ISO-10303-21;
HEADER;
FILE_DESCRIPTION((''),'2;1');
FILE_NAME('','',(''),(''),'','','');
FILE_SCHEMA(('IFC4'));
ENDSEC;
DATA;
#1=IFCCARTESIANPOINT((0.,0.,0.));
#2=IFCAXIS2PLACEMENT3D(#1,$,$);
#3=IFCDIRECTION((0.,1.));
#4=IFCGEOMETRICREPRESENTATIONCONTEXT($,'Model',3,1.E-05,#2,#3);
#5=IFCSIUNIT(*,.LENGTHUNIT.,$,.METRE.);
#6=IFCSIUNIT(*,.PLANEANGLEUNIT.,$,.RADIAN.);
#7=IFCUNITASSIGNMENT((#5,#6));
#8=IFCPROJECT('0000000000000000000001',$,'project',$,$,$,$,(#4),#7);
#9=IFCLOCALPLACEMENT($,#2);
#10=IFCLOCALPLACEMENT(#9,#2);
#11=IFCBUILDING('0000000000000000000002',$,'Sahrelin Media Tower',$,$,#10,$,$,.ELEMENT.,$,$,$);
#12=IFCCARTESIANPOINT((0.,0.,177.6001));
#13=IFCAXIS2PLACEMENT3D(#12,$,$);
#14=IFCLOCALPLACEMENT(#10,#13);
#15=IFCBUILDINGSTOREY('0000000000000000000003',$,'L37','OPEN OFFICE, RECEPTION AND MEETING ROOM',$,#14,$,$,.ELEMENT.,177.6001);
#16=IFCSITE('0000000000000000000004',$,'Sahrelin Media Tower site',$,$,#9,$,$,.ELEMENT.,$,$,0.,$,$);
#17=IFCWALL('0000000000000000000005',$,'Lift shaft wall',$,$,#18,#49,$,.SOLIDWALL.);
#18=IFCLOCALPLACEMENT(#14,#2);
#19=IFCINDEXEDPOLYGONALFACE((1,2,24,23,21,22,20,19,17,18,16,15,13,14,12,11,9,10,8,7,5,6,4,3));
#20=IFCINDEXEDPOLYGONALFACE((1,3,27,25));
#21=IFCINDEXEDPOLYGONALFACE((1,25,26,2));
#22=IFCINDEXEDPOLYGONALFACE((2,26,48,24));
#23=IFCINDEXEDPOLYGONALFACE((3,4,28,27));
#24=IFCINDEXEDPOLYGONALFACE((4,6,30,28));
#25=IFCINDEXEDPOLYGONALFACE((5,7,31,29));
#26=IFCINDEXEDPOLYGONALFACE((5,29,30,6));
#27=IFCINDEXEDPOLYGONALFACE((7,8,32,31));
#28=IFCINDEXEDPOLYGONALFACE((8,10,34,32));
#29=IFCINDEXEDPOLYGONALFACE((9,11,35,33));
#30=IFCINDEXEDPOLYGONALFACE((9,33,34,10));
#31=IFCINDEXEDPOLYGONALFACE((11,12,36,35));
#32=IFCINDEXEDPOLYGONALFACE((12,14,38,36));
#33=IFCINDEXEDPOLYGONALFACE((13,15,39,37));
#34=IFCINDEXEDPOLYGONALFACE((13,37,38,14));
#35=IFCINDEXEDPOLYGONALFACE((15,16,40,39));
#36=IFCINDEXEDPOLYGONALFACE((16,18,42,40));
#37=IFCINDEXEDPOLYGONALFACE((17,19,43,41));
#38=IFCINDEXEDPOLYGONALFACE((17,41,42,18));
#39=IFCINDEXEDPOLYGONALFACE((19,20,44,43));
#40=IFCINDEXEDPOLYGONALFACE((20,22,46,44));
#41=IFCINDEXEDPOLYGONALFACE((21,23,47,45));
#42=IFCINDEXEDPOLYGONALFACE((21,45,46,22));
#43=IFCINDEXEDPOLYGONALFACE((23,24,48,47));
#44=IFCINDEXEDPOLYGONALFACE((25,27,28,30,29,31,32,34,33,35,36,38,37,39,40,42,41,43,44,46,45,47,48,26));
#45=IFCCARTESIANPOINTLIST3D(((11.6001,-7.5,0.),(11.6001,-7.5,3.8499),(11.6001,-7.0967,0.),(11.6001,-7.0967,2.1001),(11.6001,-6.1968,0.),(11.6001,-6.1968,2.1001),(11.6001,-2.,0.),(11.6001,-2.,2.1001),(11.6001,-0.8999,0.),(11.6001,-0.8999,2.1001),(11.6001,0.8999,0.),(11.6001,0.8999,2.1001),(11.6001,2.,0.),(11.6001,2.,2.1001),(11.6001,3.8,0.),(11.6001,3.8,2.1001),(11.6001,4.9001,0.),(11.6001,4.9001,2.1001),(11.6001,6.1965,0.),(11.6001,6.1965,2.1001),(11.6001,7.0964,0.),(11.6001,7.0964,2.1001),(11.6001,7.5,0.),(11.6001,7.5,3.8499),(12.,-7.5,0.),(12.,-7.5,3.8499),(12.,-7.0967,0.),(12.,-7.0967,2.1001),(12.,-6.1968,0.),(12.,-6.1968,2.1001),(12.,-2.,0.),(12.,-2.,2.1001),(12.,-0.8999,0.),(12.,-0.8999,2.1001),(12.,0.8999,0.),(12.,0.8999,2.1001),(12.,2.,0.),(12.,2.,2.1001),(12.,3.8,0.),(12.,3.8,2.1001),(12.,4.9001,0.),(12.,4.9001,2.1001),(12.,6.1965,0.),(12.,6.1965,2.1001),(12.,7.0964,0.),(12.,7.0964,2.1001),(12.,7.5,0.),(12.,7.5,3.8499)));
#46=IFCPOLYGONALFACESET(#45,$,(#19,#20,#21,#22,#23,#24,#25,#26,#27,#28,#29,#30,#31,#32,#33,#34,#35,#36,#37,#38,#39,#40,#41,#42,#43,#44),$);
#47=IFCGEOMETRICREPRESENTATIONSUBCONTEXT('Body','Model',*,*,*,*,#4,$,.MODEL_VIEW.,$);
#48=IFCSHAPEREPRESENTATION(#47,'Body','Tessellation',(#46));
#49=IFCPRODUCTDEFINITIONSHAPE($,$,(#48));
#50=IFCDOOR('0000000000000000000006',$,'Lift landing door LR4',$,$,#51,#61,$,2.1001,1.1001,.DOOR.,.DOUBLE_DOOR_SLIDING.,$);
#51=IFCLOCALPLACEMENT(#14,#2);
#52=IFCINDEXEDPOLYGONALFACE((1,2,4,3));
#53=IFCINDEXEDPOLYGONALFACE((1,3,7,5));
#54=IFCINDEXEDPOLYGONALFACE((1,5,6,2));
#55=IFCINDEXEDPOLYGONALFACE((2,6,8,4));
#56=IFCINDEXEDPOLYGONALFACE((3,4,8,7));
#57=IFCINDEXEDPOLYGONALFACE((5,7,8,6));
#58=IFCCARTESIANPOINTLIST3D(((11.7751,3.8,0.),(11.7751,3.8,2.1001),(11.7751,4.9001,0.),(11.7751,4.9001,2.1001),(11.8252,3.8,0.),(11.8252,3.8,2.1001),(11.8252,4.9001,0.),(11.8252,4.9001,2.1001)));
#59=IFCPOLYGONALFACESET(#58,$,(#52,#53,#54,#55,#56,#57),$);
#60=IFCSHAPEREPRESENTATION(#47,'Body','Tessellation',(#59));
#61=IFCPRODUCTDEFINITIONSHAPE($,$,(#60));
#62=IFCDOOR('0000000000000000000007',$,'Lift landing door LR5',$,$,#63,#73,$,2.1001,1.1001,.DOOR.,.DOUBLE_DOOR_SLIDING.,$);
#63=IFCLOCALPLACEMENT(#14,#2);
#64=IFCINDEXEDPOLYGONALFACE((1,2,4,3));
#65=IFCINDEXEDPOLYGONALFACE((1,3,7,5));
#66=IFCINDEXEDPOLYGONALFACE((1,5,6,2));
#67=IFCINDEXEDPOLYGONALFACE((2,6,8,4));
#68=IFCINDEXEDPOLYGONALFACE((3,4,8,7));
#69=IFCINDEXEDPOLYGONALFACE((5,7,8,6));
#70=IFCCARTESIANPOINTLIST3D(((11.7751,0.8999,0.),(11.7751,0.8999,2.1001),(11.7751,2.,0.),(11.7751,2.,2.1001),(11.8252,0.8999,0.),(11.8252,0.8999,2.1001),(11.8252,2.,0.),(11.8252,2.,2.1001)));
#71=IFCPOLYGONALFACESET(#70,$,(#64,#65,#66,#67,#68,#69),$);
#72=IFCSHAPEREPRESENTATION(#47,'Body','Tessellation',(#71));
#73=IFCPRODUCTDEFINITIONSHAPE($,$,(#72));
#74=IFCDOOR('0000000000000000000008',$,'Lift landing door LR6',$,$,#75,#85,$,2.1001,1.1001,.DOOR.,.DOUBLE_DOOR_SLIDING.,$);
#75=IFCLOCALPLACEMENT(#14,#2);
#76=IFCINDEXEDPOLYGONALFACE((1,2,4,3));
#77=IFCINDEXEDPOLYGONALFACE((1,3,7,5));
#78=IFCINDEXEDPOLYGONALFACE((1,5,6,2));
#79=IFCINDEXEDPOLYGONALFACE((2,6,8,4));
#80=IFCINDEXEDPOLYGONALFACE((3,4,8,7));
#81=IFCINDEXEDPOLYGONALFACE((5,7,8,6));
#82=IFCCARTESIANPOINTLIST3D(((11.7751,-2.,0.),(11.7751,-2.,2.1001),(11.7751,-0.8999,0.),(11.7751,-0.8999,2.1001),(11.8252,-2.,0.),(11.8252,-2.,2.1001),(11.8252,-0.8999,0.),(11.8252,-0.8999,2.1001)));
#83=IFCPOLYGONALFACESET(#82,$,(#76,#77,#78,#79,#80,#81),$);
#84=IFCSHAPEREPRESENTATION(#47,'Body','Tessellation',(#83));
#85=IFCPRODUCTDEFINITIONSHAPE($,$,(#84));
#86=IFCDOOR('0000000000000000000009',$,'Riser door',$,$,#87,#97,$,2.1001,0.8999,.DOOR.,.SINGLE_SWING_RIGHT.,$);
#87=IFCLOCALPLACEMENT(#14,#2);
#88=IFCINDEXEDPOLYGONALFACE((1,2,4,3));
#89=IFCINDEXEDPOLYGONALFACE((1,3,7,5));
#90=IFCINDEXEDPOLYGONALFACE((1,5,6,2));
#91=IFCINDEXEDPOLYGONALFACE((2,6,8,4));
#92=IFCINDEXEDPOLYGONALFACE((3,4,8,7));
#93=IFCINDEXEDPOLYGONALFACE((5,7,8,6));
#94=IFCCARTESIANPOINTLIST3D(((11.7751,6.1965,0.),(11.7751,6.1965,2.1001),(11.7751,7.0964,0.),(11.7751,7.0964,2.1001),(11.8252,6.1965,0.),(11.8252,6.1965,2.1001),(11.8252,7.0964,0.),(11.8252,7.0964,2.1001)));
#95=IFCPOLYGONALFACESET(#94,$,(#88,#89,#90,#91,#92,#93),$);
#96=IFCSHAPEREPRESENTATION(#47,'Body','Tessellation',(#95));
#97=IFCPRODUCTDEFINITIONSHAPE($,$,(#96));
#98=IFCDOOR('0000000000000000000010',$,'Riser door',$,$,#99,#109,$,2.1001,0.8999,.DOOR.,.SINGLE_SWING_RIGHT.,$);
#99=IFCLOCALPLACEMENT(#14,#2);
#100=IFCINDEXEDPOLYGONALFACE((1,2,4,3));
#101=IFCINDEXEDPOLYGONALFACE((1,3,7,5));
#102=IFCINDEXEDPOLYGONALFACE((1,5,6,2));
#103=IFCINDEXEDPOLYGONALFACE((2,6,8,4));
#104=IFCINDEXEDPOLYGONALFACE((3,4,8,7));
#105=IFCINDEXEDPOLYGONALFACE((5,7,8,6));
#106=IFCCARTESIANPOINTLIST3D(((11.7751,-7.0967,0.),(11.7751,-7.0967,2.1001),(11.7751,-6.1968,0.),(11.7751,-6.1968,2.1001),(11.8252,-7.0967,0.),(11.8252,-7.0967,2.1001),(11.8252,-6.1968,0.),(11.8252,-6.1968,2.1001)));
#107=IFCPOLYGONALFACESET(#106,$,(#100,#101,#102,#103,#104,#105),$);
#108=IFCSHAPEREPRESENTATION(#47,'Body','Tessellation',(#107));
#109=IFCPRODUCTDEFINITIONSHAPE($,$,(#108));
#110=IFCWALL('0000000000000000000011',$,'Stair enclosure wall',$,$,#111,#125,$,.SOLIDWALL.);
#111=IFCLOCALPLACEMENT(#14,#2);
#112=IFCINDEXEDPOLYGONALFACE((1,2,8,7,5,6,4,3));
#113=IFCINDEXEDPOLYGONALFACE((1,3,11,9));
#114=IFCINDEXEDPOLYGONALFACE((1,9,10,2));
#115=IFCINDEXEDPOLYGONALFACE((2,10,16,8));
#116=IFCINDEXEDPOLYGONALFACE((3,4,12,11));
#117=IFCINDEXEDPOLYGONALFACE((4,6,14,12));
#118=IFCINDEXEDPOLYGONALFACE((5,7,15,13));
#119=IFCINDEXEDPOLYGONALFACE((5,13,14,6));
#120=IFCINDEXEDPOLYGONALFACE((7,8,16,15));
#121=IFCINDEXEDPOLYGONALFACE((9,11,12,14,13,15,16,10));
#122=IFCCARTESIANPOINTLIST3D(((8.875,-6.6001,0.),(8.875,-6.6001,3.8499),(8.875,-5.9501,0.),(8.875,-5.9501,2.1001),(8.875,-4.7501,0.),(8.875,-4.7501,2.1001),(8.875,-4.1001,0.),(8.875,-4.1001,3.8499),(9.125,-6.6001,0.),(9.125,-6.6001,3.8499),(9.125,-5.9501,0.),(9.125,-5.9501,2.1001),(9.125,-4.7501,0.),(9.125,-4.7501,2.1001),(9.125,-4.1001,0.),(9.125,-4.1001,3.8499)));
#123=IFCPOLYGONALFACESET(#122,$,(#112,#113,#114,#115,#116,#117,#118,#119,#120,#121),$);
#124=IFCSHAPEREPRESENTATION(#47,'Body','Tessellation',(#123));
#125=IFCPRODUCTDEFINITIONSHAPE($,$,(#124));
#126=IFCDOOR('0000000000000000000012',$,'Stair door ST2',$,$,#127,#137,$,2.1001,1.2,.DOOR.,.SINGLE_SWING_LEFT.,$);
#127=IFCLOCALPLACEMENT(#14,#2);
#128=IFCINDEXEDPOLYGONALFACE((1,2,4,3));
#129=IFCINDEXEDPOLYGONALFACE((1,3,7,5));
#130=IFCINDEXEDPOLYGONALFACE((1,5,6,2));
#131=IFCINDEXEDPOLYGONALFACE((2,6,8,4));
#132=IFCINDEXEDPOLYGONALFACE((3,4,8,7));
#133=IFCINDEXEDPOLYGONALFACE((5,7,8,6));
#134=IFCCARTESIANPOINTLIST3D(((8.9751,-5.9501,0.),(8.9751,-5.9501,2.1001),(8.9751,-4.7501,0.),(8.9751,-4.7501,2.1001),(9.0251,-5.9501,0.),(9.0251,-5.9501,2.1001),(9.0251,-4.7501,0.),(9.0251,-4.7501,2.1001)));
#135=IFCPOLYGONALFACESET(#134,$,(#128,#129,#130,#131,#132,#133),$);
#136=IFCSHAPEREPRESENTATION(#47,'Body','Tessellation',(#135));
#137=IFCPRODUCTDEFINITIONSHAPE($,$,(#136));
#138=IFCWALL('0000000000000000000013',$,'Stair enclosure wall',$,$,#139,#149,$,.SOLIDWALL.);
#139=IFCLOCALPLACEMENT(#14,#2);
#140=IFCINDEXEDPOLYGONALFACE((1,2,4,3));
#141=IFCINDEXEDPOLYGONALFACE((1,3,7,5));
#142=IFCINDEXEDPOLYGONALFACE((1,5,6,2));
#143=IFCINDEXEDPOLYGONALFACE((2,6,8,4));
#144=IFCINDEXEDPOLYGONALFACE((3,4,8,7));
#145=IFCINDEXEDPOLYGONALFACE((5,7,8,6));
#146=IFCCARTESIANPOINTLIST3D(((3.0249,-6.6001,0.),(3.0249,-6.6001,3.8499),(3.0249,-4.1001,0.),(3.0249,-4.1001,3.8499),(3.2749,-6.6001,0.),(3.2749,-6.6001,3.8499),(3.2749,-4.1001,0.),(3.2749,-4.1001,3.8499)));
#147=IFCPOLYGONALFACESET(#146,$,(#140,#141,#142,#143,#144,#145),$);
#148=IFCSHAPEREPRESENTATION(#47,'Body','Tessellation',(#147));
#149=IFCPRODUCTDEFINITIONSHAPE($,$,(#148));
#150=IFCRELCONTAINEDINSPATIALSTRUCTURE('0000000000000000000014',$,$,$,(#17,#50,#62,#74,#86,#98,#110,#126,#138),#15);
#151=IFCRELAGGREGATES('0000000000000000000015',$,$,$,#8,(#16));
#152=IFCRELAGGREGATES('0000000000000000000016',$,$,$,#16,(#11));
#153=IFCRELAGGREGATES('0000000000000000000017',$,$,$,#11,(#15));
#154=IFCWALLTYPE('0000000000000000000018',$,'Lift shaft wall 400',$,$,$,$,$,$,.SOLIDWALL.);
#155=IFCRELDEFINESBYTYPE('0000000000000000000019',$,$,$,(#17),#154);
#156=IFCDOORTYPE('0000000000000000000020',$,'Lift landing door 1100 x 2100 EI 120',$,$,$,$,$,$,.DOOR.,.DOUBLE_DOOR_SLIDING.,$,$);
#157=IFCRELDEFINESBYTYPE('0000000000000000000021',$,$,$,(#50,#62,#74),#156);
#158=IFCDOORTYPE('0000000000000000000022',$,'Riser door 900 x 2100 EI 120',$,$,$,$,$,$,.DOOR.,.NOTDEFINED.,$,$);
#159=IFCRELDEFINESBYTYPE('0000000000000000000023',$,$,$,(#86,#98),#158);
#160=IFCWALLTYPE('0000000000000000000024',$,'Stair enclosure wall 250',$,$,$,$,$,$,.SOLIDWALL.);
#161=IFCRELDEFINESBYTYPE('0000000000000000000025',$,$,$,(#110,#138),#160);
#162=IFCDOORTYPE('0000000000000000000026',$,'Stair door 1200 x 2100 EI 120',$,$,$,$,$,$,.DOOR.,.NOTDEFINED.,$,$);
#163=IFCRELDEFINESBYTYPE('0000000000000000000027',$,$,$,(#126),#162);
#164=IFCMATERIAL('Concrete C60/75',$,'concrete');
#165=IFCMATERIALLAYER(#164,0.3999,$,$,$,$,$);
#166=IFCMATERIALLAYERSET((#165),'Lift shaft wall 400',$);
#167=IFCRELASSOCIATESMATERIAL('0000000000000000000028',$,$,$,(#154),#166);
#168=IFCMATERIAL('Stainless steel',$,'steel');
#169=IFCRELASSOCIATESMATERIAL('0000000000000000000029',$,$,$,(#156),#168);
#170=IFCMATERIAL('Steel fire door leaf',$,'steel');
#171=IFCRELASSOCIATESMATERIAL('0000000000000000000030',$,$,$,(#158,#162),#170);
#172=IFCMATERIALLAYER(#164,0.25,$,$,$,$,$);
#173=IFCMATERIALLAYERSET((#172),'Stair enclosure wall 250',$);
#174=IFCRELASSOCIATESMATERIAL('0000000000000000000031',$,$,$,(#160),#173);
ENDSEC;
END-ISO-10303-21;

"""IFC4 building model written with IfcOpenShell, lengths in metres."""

from ifc_helpers import new_model, si_unit, direction, frame, frame_2d, origin, place, context, subcontext, project, spatial, rectangle, extrude, material, layer, layer_set, type_object, element, fill, save


model = new_model("IFC4")

# Units and contexts
model_context = context("Model", 3, precision=1e-05, world=origin(), true_north=direction((0.0, 1.0)))
body_context = subcontext(model_context, "Body", "Model", "MODEL_VIEW")
ifc_project = project(units=[si_unit("LENGTHUNIT", "METRE"), si_unit("PLANEANGLEUNIT", "RADIAN")], contexts=[model_context])

# Site, building, storey
site_placement = place(None, origin())
site = spatial("IfcSite", under=ifc_project, at=site_placement, Name="Sahrelin Media Tower site", CompositionType="ELEMENT", RefElevation=0.0)
building_placement = place(site_placement, origin())
building = spatial("IfcBuilding", under=site, at=building_placement, Name="Sahrelin Media Tower", CompositionType="ELEMENT")
storey_placement = place(building_placement, frame((0.0, 0.0, 177.6001)))
storey = spatial("IfcBuildingStorey", under=building, at=storey_placement, Name="L37", Description="OPEN OFFICE, RECEPTION AND MEETING ROOM", CompositionType="ELEMENT", Elevation=177.6001)

# Shared definitions
ifc_material_1 = material(Name="Concrete C60/75", Category="concrete")

# Wall, openings, doors
ifc_layer_1 = layer(ifc_material_1, 0.3999)
ifc_layer_set_1 = layer_set([ifc_layer_1], Name="Lift shaft wall 400")
wall_type_1 = type_object("IfcWallType", Name="Lift shaft wall 400", PredefinedType="SOLIDWALL", material=ifc_layer_set_1)
wall_1_placement = place(storey_placement, frame((11.8, -7.5, 0.0), z_axis=(0.0, 0.0, 1.0), x_axis=(0.0, 1.0, 0.0)))
wall_1 = element("IfcWall", 1, at=wall_1_placement, inside=storey, type_object=wall_type_1, Name="Lift shaft wall", PredefinedType="SOLIDWALL", context=body_context, shape_type="SweptSolid", body=[
    extrude(rectangle(XDim=15.0, YDim=0.3999, at=frame_2d((7.5, 0.0))), origin(), (0.0, 0.0, 1.0), 3.8499),
])
opening_1_placement = place(wall_1_placement, frame((11.3, 0.0, 0.0)))
opening_1 = element("IfcOpeningElement", 2, at=opening_1_placement, cuts=wall_1, PredefinedType="OPENING", context=body_context, shape_type="SweptSolid", body=[
    extrude(rectangle(XDim=1.1001, YDim=2.1001, at=frame_2d((0.55, 1.05))), frame((0.0, 0.2, 0.0), z_axis=(0.0, -1.0, 0.0), x_axis=(1.0, 0.0, 0.0)), (0.0, 0.0, 1.0), 0.3999),
])
opening_2_placement = place(wall_1_placement, frame((8.3999, 0.0, 0.0)))
opening_2 = element("IfcOpeningElement", 3, at=opening_2_placement, cuts=wall_1, PredefinedType="OPENING", context=body_context, shape_type="SweptSolid", body=[
    extrude(rectangle(XDim=1.1001, YDim=2.1001, at=frame_2d((0.55, 1.05))), frame((0.0, 0.2, 0.0), z_axis=(0.0, -1.0, 0.0), x_axis=(1.0, 0.0, 0.0)), (0.0, 0.0, 1.0), 0.3999),
])
opening_3_placement = place(wall_1_placement, frame((5.5, 0.0, 0.0)))
opening_3 = element("IfcOpeningElement", 4, at=opening_3_placement, cuts=wall_1, PredefinedType="OPENING", context=body_context, shape_type="SweptSolid", body=[
    extrude(rectangle(XDim=1.1001, YDim=2.1001, at=frame_2d((0.55, 1.05))), frame((0.0, 0.2, 0.0), z_axis=(0.0, -1.0, 0.0), x_axis=(1.0, 0.0, 0.0)), (0.0, 0.0, 1.0), 0.3999),
])
opening_4_placement = place(wall_1_placement, frame((13.6965, 0.0, 0.0)))
opening_4 = element("IfcOpeningElement", 5, at=opening_4_placement, cuts=wall_1, PredefinedType="OPENING", context=body_context, shape_type="SweptSolid", body=[
    extrude(rectangle(XDim=0.8999, YDim=2.1001, at=frame_2d((0.45, 1.05))), frame((0.0, 0.2, 0.0), z_axis=(0.0, -1.0, 0.0), x_axis=(1.0, 0.0, 0.0)), (0.0, 0.0, 1.0), 0.3999),
])
opening_5_placement = place(wall_1_placement, frame((0.4033, 0.0, 0.0)))
opening_5 = element("IfcOpeningElement", 6, at=opening_5_placement, cuts=wall_1, PredefinedType="OPENING", context=body_context, shape_type="SweptSolid", body=[
    extrude(rectangle(XDim=0.8999, YDim=2.1001, at=frame_2d((0.45, 1.05))), frame((0.0, 0.2, 0.0), z_axis=(0.0, -1.0, 0.0), x_axis=(1.0, 0.0, 0.0)), (0.0, 0.0, 1.0), 0.3999),
])
ifc_material_2 = material(Name="Stainless steel", Category="steel")
door_type_1 = type_object("IfcDoorType", Name="Lift landing door 1100 x 2100 EI 120", OperationType="DOUBLE_DOOR_SLIDING", PredefinedType="DOOR", material=ifc_material_2)
door_1_placement = place(opening_1_placement, origin())
door_1 = element("IfcDoor", 7, at=door_1_placement, inside=storey, type_object=door_type_1, Name="Lift landing door LR4", OperationType="DOUBLE_DOOR_SLIDING", OverallHeight=2.1001, OverallWidth=1.1001, PredefinedType="DOOR", context=body_context, shape_type="SweptSolid", body=[
    extrude(rectangle(XDim=1.1001, YDim=2.1001, at=frame_2d((0.55, 1.05))), frame((0.0, 0.0249, 0.0), z_axis=(0.0, -1.0, 0.0), x_axis=(1.0, 0.0, 0.0)), (0.0, 0.0, 1.0), 0.05),
])
fill(opening_1, door_1)
door_2_placement = place(opening_2_placement, origin())
door_2 = element("IfcDoor", 8, at=door_2_placement, inside=storey, type_object=door_type_1, Name="Lift landing door LR5", OperationType="DOUBLE_DOOR_SLIDING", OverallHeight=2.1001, OverallWidth=1.1001, PredefinedType="DOOR", context=body_context, shape_type="SweptSolid", body=[
    extrude(rectangle(XDim=1.1001, YDim=2.1001, at=frame_2d((0.55, 1.05))), frame((0.0, 0.0249, 0.0), z_axis=(0.0, -1.0, 0.0), x_axis=(1.0, 0.0, 0.0)), (0.0, 0.0, 1.0), 0.05),
])
fill(opening_2, door_2)
door_3_placement = place(opening_3_placement, origin())
door_3 = element("IfcDoor", 9, at=door_3_placement, inside=storey, type_object=door_type_1, Name="Lift landing door LR6", OperationType="DOUBLE_DOOR_SLIDING", OverallHeight=2.1001, OverallWidth=1.1001, PredefinedType="DOOR", context=body_context, shape_type="SweptSolid", body=[
    extrude(rectangle(XDim=1.1001, YDim=2.1001, at=frame_2d((0.55, 1.05))), frame((0.0, 0.0249, 0.0), z_axis=(0.0, -1.0, 0.0), x_axis=(1.0, 0.0, 0.0)), (0.0, 0.0, 1.0), 0.05),
])
fill(opening_3, door_3)
ifc_material_3 = material(Name="Steel fire door leaf", Category="steel")
door_type_2 = type_object("IfcDoorType", Name="Riser door 900 x 2100 EI 120", OperationType="NOTDEFINED", PredefinedType="DOOR", material=ifc_material_3)
door_4_placement = place(opening_4_placement, origin())
door_4 = element("IfcDoor", 10, at=door_4_placement, inside=storey, type_object=door_type_2, Name="Riser door", OperationType="SINGLE_SWING_RIGHT", OverallHeight=2.1001, OverallWidth=0.8999, PredefinedType="DOOR", context=body_context, shape_type="SweptSolid", body=[
    extrude(rectangle(XDim=0.8999, YDim=2.1001, at=frame_2d((0.45, 1.05))), frame((0.0, 0.0249, 0.0), z_axis=(0.0, -1.0, 0.0), x_axis=(1.0, 0.0, 0.0)), (0.0, 0.0, 1.0), 0.05),
])
fill(opening_4, door_4)
door_5_placement = place(opening_5_placement, origin())
door_5 = element("IfcDoor", 11, at=door_5_placement, inside=storey, type_object=door_type_2, Name="Riser door", OperationType="SINGLE_SWING_RIGHT", OverallHeight=2.1001, OverallWidth=0.8999, PredefinedType="DOOR", context=body_context, shape_type="SweptSolid", body=[
    extrude(rectangle(XDim=0.8999, YDim=2.1001, at=frame_2d((0.45, 1.05))), frame((0.0, 0.0249, 0.0), z_axis=(0.0, -1.0, 0.0), x_axis=(1.0, 0.0, 0.0)), (0.0, 0.0, 1.0), 0.05),
])
fill(opening_5, door_5)

# Wall, opening, door
ifc_layer_2 = layer(ifc_material_1, 0.25)
ifc_layer_set_2 = layer_set([ifc_layer_2], Name="Stair enclosure wall 250")
wall_type_2 = type_object("IfcWallType", Name="Stair enclosure wall 250", PredefinedType="SOLIDWALL", material=ifc_layer_set_2)
wall_2_placement = place(storey_placement, frame((9.0, -6.6001, 0.0), z_axis=(0.0, 0.0, 1.0), x_axis=(0.0, 1.0, 0.0)))
wall_2 = element("IfcWall", 12, at=wall_2_placement, inside=storey, type_object=wall_type_2, Name="Stair enclosure wall", PredefinedType="SOLIDWALL", context=body_context, shape_type="SweptSolid", body=[
    extrude(rectangle(XDim=2.5, YDim=0.25, at=frame_2d((1.25, 0.0))), origin(), (0.0, 0.0, 1.0), 3.8499),
])
opening_6_placement = place(wall_2_placement, frame((0.6499, 0.0, 0.0)))
opening_6 = element("IfcOpeningElement", 13, at=opening_6_placement, cuts=wall_2, PredefinedType="OPENING", context=body_context, shape_type="SweptSolid", body=[
    extrude(rectangle(XDim=1.2, YDim=2.1001, at=frame_2d((0.6001, 1.05))), frame((0.0, 0.125, 0.0), z_axis=(0.0, -1.0, 0.0), x_axis=(1.0, 0.0, 0.0)), (0.0, 0.0, 1.0), 0.25),
])
door_type_3 = type_object("IfcDoorType", Name="Stair door 1200 x 2100 EI 120", OperationType="NOTDEFINED", PredefinedType="DOOR", material=ifc_material_3)
door_6_placement = place(opening_6_placement, origin())
door_6 = element("IfcDoor", 14, at=door_6_placement, inside=storey, type_object=door_type_3, Name="Stair door ST2", OperationType="SINGLE_SWING_LEFT", OverallHeight=2.1001, OverallWidth=1.2, PredefinedType="DOOR", context=body_context, shape_type="SweptSolid", body=[
    extrude(rectangle(XDim=1.2, YDim=2.1001, at=frame_2d((0.6001, 1.05))), frame((0.0, 0.0249, 0.0), z_axis=(0.0, -1.0, 0.0), x_axis=(1.0, 0.0, 0.0)), (0.0, 0.0, 1.0), 0.05),
])
fill(opening_6, door_6)

# Wall
wall_3_placement = place(storey_placement, frame((3.1499, -6.6001, 0.0), z_axis=(0.0, 0.0, 1.0), x_axis=(0.0, 1.0, 0.0)))
element("IfcWall", 15, at=wall_3_placement, inside=storey, type_object=wall_type_2, Name="Stair enclosure wall", PredefinedType="SOLIDWALL", context=body_context, shape_type="SweptSolid", body=[
    extrude(rectangle(XDim=2.5, YDim=0.25, at=frame_2d((1.25, 0.0))), origin(), (0.0, 0.0, 1.0), 3.8499),
])

save(model, "model.ifc")
